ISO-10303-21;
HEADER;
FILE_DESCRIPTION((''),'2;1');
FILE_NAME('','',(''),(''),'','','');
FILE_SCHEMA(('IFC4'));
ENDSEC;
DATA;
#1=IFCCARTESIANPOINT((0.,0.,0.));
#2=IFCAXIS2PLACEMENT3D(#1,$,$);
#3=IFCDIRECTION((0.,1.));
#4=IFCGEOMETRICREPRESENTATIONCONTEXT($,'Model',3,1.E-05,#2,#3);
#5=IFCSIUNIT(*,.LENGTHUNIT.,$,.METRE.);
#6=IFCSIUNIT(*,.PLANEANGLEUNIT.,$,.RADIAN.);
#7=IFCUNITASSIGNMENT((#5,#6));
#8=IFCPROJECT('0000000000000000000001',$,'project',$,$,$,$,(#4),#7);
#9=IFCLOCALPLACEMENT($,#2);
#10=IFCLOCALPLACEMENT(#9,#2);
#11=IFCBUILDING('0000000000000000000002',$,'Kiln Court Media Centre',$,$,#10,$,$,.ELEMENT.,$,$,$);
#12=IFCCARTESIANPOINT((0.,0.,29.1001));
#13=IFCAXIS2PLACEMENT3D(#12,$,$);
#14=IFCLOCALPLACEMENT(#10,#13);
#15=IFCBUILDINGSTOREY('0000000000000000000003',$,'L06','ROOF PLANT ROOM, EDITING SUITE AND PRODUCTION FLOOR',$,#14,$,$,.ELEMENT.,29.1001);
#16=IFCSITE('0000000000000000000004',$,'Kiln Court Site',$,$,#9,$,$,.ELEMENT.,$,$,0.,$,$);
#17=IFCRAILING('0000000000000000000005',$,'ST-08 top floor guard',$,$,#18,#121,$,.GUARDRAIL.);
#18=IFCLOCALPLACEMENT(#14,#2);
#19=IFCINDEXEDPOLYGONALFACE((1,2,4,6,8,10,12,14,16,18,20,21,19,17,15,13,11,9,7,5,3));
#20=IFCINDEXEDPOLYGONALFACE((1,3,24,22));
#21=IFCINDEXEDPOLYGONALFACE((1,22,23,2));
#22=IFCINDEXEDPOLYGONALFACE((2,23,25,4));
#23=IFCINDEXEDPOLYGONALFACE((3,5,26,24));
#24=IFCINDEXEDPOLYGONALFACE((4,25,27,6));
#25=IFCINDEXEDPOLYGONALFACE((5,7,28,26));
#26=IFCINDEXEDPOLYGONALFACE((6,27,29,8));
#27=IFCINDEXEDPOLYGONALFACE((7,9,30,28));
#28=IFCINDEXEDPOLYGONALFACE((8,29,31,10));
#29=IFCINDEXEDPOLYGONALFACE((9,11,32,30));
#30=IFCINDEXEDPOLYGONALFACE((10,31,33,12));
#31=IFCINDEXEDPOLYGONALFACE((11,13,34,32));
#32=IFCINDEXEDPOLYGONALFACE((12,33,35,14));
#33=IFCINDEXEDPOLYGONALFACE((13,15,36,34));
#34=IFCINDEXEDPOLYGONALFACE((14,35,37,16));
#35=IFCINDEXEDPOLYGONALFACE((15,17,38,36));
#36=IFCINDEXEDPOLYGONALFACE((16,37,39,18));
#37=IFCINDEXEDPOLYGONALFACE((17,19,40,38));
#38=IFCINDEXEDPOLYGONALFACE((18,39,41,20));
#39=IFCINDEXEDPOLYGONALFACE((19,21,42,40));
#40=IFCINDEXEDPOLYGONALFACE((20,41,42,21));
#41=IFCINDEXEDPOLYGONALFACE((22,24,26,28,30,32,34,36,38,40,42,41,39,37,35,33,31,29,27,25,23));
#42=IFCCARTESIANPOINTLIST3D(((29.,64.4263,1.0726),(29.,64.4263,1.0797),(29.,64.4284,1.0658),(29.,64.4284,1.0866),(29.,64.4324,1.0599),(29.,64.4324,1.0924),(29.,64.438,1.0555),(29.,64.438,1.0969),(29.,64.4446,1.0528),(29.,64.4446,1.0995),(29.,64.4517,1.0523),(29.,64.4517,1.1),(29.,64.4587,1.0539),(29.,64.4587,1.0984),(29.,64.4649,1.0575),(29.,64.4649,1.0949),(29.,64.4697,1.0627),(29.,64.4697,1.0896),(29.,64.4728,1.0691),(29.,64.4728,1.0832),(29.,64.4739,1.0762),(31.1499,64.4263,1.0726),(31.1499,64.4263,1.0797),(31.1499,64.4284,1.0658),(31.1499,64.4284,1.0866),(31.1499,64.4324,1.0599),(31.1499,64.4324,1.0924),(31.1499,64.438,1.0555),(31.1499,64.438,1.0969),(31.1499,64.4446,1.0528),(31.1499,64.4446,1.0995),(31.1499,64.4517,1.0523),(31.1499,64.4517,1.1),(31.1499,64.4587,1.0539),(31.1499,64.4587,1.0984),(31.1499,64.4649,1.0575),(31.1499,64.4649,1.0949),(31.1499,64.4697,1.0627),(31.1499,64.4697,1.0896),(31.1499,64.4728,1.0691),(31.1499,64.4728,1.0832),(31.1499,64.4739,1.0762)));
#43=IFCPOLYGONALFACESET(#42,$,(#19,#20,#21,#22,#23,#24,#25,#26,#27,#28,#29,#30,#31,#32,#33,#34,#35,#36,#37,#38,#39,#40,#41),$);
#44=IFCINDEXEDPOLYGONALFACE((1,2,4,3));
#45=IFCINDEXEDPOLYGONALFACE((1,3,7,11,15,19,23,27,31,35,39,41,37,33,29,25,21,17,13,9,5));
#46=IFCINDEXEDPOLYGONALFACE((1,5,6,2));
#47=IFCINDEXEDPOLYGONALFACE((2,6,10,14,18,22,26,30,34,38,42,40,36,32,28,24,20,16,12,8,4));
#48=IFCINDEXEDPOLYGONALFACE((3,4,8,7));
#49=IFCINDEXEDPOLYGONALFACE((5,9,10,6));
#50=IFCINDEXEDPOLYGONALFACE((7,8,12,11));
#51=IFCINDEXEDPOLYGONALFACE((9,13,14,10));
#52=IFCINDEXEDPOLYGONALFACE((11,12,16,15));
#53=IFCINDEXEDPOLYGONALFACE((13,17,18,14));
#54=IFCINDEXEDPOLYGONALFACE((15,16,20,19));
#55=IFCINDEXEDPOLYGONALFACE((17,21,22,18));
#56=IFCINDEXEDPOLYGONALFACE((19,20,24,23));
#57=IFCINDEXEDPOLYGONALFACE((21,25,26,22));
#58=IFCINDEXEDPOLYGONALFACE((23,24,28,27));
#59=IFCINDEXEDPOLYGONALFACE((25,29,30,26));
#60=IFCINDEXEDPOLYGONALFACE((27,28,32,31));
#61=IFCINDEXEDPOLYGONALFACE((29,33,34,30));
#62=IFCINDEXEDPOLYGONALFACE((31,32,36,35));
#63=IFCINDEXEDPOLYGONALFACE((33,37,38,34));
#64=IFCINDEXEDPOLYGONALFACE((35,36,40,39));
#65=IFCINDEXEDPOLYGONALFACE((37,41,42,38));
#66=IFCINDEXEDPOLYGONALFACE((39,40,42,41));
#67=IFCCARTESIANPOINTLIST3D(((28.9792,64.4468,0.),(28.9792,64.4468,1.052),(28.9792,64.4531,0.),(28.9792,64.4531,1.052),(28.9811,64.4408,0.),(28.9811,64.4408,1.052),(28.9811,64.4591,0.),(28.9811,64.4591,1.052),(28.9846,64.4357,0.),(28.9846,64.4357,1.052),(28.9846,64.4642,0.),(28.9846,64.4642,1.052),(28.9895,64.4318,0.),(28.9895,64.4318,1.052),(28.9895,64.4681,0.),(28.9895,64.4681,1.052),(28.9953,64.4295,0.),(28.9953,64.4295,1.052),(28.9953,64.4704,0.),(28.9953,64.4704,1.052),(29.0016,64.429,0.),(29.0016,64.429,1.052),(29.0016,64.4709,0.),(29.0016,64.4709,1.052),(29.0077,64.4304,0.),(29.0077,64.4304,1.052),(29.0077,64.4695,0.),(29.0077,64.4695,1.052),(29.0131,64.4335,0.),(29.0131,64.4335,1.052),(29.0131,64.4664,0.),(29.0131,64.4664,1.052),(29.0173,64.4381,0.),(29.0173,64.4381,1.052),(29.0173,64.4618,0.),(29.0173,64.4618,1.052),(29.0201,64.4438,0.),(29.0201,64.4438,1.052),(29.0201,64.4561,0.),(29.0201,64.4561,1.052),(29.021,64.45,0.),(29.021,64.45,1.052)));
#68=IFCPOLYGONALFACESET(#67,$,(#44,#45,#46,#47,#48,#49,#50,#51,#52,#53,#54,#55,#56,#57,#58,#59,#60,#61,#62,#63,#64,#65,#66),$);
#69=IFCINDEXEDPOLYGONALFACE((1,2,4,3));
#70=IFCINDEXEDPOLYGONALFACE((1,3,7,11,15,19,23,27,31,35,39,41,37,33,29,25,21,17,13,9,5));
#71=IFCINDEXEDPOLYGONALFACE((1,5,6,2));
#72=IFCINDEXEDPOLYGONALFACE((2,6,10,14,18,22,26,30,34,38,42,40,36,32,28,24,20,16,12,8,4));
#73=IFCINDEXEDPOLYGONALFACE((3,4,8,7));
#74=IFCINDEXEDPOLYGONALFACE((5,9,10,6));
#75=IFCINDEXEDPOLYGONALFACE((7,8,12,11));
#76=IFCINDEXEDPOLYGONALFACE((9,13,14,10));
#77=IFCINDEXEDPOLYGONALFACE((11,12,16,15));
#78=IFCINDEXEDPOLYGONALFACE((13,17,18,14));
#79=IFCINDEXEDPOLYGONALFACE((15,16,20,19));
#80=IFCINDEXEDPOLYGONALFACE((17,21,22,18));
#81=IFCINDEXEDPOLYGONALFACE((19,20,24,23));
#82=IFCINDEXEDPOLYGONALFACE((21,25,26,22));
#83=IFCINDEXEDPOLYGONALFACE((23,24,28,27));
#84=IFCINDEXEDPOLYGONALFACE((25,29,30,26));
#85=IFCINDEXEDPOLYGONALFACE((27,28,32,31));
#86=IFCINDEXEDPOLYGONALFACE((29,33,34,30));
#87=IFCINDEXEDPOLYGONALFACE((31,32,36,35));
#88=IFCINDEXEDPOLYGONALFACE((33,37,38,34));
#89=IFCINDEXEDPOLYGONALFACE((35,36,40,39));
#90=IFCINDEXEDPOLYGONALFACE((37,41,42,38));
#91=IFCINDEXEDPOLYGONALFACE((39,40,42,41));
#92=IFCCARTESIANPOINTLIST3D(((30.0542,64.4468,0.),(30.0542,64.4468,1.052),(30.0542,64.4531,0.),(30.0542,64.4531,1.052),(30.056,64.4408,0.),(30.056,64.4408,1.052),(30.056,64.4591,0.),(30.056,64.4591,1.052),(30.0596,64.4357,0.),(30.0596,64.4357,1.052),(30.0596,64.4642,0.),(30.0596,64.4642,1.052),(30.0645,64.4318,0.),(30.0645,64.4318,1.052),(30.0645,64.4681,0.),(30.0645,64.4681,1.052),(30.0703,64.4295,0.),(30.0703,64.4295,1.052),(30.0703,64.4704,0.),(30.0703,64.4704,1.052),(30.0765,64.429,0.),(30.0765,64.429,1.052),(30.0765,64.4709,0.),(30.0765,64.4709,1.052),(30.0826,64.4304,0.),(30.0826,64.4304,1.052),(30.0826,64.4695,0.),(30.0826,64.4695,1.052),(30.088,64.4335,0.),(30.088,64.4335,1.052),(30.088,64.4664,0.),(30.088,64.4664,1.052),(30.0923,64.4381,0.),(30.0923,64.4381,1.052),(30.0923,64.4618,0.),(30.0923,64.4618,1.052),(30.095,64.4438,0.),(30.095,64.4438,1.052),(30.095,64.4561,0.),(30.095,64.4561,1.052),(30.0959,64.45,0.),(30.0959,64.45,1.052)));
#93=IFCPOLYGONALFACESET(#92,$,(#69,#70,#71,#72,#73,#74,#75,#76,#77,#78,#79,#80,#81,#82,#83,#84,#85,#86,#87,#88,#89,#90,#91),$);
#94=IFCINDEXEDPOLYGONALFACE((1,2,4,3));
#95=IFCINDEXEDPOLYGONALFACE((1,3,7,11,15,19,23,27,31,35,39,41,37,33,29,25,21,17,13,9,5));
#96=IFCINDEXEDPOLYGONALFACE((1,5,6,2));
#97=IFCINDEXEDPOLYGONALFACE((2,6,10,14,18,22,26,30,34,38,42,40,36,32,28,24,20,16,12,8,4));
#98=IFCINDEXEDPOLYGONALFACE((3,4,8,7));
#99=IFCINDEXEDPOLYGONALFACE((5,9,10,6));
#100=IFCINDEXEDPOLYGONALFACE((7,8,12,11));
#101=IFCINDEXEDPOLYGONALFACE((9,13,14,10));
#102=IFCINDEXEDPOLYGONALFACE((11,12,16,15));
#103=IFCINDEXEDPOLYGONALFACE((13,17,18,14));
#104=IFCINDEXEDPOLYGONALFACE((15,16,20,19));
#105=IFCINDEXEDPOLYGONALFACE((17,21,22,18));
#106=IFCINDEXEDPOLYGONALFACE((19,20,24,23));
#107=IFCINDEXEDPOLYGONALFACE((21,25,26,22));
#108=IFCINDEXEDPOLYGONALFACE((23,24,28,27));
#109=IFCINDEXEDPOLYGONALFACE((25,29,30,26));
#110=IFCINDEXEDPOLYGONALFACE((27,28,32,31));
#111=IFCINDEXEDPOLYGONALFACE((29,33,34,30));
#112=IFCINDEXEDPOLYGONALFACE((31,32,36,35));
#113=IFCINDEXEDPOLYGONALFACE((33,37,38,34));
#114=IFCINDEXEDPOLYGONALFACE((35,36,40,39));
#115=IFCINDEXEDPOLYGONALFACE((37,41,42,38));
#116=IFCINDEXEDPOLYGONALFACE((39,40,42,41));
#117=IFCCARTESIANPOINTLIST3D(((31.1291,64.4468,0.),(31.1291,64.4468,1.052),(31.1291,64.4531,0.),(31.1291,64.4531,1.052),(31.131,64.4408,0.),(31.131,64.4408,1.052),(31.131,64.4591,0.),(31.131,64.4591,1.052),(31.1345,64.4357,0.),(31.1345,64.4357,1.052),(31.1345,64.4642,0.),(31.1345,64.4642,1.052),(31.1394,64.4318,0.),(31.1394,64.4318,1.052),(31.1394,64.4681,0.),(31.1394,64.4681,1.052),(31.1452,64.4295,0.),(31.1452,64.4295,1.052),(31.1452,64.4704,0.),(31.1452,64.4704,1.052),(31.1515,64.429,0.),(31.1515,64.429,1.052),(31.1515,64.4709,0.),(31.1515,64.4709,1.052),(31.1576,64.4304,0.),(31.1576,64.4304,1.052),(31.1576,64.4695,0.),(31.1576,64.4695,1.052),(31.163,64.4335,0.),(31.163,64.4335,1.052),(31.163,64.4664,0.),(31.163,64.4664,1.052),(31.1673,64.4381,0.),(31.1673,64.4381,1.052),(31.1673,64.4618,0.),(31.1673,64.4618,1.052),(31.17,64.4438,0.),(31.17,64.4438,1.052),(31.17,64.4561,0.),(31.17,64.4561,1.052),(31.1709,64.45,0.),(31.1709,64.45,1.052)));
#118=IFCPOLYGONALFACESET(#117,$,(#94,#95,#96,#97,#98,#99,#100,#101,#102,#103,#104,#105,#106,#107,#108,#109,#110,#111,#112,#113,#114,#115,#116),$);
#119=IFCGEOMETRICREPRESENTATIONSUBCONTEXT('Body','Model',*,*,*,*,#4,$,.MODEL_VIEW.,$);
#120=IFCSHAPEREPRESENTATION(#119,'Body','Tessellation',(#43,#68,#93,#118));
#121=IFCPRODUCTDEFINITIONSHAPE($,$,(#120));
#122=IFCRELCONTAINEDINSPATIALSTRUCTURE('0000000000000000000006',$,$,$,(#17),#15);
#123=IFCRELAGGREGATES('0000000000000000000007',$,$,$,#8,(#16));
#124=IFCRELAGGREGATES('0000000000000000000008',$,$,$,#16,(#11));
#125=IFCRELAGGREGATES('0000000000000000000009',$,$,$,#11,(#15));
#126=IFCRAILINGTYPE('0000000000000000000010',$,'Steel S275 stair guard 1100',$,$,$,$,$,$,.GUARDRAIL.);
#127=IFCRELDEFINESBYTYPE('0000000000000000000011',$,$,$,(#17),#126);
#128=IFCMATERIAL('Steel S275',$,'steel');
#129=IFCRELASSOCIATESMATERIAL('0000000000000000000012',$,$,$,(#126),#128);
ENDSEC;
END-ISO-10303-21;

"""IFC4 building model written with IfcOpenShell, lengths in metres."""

from ifc_helpers import new_model, si_unit, direction, frame, origin, origin_2d, place, context, subcontext, project, spatial, circle, extrude, material, type_object, element, save


model = new_model("IFC4")

# Units and contexts
model_context = context("Model", 3, precision=1e-05, world=origin(), true_north=direction((0.0, 1.0)))
body_context = subcontext(model_context, "Body", "Model", "MODEL_VIEW")
ifc_project = project(units=[si_unit("LENGTHUNIT", "METRE"), si_unit("PLANEANGLEUNIT", "RADIAN")], contexts=[model_context])

# Site, building, storey
site_placement = place(None, origin())
site = spatial("IfcSite", under=ifc_project, at=site_placement, Name="Kiln Court Site", CompositionType="ELEMENT", RefElevation=0.0)
building_placement = place(site_placement, origin())
building = spatial("IfcBuilding", under=site, at=building_placement, Name="Kiln Court Media Centre", CompositionType="ELEMENT")
storey_placement = place(building_placement, frame((0.0, 0.0, 29.1001)))
storey = spatial("IfcBuildingStorey", under=building, at=storey_placement, Name="L06", Description="ROOF PLANT ROOM, EDITING SUITE AND PRODUCTION FLOOR", CompositionType="ELEMENT", Elevation=29.1001)

# Railing
ifc_material_1 = material(Name="Steel S275", Category="steel")
railing_type = type_object("IfcRailingType", Name="Steel S275 stair guard 1100", PredefinedType="GUARDRAIL", material=ifc_material_1)
railing_1_placement = place(storey_placement, frame((29.0, 64.45, 0.0)))
element("IfcRailing", 1, at=railing_1_placement, inside=storey, type_object=railing_type, Name="ST-08 top floor guard", PredefinedType="GUARDRAIL", context=body_context, shape_type="SweptSolid", body=[
    extrude(circle(Radius=0.0239, at=origin_2d()), frame((0.0, 0.0, 1.0762), z_axis=(1.0, 0.0, 0.0), x_axis=(0.0, 1.0, 0.0)), (0.0, 0.0, 1.0), 2.1499),
    extrude(circle(Radius=0.021, at=origin_2d()), origin(), (0.0, 0.0, 1.0), 1.052),
    extrude(circle(Radius=0.021, at=origin_2d()), frame((1.075, 0.0, 0.0)), (0.0, 0.0, 1.0), 1.052),
    extrude(circle(Radius=0.021, at=origin_2d()), frame((2.1499, 0.0, 0.0)), (0.0, 0.0, 1.0), 1.052),
])

save(model, "model.ifc")
